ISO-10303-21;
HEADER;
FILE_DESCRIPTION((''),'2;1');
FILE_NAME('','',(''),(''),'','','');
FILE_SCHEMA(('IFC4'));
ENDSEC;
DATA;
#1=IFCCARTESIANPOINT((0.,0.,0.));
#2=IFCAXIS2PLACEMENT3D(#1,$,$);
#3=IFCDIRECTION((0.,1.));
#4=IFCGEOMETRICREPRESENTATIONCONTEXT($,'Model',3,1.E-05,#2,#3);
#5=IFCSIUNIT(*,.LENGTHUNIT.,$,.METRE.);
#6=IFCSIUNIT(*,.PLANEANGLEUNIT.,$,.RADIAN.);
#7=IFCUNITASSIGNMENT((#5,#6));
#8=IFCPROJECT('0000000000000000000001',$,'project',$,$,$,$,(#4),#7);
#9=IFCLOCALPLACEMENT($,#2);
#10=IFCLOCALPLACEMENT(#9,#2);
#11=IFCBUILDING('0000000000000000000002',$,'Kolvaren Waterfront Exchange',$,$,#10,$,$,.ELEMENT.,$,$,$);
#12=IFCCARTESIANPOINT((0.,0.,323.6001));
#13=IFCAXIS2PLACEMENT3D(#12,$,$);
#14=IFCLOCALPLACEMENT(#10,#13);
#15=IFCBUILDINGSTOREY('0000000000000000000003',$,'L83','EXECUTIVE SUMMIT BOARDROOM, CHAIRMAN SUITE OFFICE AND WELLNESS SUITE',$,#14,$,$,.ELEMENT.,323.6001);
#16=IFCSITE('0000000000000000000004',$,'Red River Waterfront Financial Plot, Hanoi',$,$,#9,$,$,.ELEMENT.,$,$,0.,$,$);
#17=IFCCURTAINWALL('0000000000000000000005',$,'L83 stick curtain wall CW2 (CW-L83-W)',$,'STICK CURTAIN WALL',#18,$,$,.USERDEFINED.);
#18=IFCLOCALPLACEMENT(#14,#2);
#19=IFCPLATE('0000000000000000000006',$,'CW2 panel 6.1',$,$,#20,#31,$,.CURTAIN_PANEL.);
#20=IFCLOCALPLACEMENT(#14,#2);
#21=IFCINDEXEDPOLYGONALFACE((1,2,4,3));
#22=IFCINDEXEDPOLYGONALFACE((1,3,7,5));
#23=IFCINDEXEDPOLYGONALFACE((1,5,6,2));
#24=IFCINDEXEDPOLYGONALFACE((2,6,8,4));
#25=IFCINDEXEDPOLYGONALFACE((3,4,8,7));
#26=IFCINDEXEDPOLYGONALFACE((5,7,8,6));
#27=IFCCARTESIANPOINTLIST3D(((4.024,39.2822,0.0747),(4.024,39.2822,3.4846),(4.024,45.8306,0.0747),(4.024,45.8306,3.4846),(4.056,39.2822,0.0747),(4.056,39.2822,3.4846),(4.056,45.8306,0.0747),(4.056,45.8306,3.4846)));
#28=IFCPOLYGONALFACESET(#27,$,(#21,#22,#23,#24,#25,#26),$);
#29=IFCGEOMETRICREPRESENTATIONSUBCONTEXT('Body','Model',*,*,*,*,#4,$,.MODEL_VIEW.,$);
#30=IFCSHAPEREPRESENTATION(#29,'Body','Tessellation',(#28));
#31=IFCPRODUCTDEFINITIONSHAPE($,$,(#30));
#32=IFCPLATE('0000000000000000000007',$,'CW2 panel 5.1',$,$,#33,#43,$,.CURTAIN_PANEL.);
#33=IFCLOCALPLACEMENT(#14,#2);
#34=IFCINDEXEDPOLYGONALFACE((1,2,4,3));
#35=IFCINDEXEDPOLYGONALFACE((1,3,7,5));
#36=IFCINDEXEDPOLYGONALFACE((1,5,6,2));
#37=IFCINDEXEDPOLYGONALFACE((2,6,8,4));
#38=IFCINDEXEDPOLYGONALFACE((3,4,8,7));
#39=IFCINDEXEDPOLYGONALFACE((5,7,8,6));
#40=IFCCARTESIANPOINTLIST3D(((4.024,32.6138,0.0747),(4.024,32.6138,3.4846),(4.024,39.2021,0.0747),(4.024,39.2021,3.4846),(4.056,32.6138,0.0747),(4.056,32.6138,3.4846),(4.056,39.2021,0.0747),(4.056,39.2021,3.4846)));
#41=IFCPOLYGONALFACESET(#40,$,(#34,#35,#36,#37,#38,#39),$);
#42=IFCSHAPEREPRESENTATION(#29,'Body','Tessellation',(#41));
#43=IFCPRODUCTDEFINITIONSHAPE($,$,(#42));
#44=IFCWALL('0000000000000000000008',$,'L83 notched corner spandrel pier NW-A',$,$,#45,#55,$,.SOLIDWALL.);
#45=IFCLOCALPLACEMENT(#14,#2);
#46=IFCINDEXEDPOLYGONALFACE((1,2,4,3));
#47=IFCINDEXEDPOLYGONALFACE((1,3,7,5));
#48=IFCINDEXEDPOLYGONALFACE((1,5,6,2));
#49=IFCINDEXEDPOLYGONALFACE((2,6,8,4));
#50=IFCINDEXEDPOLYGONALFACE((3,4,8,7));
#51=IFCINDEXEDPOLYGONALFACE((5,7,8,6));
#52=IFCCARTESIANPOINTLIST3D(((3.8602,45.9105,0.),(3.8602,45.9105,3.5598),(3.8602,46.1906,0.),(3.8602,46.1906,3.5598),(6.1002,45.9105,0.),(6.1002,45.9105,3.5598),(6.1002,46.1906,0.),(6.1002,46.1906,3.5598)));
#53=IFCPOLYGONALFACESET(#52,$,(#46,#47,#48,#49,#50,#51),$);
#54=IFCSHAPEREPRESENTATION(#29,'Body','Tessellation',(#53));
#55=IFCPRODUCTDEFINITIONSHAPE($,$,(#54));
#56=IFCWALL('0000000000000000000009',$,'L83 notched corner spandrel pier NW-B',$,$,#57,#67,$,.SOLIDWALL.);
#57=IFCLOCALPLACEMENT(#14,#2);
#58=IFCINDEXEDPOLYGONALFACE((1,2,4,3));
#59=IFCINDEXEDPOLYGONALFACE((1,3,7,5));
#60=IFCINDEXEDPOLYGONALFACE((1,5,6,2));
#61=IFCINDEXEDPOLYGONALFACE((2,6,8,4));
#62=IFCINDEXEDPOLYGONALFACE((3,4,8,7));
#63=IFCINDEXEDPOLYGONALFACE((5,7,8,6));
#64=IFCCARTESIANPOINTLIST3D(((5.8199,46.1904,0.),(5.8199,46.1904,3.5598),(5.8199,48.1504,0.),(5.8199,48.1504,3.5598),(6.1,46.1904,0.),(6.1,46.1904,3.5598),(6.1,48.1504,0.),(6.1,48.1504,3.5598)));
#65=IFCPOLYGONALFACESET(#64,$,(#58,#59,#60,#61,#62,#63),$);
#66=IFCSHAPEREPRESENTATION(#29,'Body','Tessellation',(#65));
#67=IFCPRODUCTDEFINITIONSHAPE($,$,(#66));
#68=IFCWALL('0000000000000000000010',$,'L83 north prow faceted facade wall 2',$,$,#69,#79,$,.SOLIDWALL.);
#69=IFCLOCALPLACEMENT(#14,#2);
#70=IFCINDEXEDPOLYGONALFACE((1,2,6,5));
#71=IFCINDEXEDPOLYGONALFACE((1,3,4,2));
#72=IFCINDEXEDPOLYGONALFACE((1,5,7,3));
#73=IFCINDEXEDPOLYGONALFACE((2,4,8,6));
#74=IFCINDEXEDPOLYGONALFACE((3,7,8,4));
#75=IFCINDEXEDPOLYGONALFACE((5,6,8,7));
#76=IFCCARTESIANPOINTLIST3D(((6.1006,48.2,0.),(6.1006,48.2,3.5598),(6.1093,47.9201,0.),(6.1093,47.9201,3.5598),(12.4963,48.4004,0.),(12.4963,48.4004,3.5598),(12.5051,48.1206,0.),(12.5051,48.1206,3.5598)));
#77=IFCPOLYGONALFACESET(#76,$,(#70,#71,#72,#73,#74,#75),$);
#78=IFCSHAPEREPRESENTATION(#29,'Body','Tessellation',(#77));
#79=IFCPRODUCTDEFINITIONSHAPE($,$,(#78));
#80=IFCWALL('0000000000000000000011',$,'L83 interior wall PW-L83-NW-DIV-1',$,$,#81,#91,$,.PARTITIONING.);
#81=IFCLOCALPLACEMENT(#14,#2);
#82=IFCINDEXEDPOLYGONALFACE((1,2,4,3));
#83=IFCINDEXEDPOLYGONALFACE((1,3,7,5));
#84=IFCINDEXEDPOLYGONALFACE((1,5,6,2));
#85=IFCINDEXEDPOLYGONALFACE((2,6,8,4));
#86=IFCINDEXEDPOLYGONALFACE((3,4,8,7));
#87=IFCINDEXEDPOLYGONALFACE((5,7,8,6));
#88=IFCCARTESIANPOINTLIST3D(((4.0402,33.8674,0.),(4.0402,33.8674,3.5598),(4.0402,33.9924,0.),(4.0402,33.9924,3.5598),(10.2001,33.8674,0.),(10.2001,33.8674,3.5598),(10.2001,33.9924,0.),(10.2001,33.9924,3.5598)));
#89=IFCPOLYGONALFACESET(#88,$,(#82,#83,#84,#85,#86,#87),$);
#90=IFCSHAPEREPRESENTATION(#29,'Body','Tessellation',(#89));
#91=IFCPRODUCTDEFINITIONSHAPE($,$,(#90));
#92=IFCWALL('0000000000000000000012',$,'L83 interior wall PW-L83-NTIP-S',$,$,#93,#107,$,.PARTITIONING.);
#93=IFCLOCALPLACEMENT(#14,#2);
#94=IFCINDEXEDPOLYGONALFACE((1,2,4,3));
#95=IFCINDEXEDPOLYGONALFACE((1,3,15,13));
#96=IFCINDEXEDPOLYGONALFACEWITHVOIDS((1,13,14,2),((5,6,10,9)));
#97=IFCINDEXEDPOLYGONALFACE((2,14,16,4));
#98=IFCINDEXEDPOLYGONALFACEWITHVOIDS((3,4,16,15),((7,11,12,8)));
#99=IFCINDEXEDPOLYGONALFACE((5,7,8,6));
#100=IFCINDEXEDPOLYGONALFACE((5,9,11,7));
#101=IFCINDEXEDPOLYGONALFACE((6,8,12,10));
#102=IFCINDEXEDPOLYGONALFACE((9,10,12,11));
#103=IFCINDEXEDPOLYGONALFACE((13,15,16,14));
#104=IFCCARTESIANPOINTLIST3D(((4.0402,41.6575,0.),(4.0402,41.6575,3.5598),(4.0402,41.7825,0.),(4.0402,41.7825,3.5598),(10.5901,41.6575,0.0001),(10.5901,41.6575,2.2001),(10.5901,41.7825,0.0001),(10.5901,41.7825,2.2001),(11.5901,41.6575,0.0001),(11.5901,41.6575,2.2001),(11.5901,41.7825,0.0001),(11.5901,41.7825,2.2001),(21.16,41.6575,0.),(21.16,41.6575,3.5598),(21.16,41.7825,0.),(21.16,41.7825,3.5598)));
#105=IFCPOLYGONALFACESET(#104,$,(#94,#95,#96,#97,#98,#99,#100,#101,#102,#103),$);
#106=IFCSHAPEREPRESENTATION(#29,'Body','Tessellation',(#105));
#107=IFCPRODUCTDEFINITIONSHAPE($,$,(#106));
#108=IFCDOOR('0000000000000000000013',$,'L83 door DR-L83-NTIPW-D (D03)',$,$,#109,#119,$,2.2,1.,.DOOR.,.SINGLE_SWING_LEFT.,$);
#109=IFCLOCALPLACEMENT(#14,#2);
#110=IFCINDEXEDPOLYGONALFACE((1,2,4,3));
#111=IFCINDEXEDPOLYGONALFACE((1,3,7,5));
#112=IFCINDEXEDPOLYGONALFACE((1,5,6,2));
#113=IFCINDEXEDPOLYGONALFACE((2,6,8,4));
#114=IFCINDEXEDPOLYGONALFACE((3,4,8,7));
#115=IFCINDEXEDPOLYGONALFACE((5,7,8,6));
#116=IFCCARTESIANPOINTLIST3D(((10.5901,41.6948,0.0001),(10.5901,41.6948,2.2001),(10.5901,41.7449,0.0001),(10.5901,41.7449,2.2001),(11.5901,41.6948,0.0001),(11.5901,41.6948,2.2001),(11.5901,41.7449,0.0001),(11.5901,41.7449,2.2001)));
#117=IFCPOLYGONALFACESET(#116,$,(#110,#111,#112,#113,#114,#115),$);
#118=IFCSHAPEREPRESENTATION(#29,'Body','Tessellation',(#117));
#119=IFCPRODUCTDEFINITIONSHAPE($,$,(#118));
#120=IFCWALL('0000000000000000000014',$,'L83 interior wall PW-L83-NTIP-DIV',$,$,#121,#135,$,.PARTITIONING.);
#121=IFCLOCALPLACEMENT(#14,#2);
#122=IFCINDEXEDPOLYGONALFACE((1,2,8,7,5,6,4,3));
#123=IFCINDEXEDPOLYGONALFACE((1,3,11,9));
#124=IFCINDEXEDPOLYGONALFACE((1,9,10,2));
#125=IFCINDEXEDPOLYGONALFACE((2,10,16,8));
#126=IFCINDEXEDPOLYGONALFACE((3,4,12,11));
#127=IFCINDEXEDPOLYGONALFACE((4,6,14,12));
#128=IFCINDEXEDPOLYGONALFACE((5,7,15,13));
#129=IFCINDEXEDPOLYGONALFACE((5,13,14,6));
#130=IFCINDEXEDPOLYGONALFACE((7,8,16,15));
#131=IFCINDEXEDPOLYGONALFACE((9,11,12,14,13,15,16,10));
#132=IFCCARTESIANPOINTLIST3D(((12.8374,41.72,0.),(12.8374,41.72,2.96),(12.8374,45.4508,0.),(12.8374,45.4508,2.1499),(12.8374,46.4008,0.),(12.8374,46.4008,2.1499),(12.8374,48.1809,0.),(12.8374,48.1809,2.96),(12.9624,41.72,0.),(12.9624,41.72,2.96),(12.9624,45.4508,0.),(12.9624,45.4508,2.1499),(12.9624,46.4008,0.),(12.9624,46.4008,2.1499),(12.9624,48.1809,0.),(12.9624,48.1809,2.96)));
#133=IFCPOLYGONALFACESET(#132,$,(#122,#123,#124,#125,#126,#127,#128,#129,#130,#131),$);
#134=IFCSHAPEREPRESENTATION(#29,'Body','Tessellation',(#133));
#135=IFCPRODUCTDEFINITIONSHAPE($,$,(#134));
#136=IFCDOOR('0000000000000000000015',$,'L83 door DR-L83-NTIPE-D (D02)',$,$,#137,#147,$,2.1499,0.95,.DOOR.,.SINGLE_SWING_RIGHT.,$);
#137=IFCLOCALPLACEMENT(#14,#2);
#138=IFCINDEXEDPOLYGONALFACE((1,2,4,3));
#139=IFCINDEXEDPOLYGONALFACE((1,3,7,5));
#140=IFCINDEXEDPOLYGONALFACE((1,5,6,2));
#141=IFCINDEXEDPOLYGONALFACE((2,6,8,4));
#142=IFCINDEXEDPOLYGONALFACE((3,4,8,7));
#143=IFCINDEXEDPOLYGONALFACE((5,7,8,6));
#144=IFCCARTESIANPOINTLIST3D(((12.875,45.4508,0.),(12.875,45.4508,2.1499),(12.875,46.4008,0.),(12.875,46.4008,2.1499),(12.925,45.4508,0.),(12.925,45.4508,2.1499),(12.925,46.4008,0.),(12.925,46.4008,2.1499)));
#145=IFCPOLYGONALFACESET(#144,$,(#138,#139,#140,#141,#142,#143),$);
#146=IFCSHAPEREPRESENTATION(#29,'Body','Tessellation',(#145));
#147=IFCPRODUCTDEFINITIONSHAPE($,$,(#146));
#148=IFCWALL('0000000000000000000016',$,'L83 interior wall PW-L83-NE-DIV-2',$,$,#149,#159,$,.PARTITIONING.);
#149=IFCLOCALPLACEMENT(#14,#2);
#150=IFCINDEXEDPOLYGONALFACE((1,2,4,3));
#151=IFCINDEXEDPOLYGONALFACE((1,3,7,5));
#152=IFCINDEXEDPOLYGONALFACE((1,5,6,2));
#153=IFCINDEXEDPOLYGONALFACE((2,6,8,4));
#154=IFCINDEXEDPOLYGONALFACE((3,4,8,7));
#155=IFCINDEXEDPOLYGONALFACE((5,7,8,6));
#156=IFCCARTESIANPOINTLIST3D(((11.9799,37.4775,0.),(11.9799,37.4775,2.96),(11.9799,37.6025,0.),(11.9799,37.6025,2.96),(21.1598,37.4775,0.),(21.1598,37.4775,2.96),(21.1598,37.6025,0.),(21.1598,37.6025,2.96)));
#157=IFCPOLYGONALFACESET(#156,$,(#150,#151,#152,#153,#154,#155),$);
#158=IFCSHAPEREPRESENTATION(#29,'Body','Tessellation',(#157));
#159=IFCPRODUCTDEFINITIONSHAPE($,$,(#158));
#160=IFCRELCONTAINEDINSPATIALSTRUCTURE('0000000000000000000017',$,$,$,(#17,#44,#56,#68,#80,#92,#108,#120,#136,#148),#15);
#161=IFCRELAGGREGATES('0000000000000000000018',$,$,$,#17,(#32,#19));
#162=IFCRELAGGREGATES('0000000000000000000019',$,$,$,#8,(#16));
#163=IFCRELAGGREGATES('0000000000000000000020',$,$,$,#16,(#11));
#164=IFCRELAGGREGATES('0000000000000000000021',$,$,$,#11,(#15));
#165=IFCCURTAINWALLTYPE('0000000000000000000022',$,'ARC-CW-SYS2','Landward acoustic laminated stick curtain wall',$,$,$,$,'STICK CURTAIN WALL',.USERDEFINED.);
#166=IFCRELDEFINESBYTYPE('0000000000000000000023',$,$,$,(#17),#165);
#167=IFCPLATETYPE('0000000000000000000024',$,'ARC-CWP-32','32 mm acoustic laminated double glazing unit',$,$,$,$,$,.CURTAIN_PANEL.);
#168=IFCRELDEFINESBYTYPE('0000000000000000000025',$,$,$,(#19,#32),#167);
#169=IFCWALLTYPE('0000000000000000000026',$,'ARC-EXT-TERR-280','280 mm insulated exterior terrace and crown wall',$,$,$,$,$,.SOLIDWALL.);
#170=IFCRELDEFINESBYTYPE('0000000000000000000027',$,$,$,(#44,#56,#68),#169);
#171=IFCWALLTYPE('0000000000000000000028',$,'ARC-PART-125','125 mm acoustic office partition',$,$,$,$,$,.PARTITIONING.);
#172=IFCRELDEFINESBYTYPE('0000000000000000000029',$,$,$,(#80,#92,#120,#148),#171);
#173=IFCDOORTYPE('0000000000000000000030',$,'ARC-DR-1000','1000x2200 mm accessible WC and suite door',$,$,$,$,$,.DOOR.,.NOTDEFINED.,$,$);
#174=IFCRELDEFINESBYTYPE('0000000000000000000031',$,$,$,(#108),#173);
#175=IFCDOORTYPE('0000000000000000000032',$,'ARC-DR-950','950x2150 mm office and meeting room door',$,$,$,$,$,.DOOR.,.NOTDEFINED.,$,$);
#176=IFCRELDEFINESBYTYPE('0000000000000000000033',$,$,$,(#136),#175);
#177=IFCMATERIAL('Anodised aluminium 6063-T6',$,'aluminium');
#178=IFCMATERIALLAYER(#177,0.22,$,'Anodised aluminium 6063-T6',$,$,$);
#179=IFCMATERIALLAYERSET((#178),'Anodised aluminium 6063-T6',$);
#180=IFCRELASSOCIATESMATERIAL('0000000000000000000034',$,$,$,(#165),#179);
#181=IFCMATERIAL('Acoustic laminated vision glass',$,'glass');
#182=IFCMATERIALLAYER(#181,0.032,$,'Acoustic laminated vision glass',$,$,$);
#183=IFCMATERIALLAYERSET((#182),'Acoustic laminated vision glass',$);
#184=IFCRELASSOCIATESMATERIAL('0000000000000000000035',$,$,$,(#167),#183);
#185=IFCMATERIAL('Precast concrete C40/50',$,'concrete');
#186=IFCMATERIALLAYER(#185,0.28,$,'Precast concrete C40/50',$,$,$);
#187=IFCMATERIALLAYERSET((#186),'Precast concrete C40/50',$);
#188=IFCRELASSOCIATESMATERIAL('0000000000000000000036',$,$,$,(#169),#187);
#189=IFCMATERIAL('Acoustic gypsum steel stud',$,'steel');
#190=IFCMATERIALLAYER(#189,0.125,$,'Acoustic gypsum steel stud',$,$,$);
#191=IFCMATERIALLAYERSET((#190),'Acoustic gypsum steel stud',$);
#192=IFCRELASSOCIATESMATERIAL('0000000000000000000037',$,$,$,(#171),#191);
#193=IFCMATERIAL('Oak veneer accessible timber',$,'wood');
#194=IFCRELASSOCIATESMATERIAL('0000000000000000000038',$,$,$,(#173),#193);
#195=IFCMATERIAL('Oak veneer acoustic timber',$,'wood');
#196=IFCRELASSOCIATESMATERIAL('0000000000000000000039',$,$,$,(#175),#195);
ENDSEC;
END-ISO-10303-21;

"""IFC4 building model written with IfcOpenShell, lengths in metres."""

from ifc_helpers import new_model, si_unit, direction, frame, frame_2d, origin, origin_with_axes, origin_2d, place, context, subcontext, project, spatial, rectangle, extrude, source, transform, mapped, material, layer, layer_set, type_object, element, fill, aggregate, save


model = new_model("IFC4")

# Units and contexts
model_context = context("Model", 3, precision=1e-05, world=origin(), true_north=direction((0.0, 1.0)))
body_context = subcontext(model_context, "Body", "Model", "MODEL_VIEW")
ifc_project = project(units=[si_unit("LENGTHUNIT", "METRE"), si_unit("PLANEANGLEUNIT", "RADIAN")], contexts=[model_context])

# Site, building, storey
site_placement = place(None, origin())
site = spatial("IfcSite", under=ifc_project, at=site_placement, Name="Red River Waterfront Financial Plot, Hanoi", CompositionType="ELEMENT", RefElevation=0.0)
building_placement = place(site_placement, origin())
building = spatial("IfcBuilding", under=site, at=building_placement, Name="Kolvaren Waterfront Exchange", CompositionType="ELEMENT")
storey_placement = place(building_placement, frame((0.0, 0.0, 323.6001)))
storey = spatial("IfcBuildingStorey", under=building, at=storey_placement, Name="L83", Description="EXECUTIVE SUMMIT BOARDROOM, CHAIRMAN SUITE OFFICE AND WELLNESS SUITE", CompositionType="ELEMENT", Elevation=323.6001)

# Curtain wall, plates
ifc_material_1 = material(Name="Anodised aluminium 6063-T6", Category="aluminium")
ifc_layer_1 = layer(ifc_material_1, 0.22, Name="Anodised aluminium 6063-T6")
ifc_layer_set_1 = layer_set([ifc_layer_1], Name="Anodised aluminium 6063-T6")
curtain_wall_type = type_object("IfcCurtainWallType", Name="ARC-CW-SYS2", Description="Landward acoustic laminated stick curtain wall", ElementType="STICK CURTAIN WALL", PredefinedType="USERDEFINED", material=ifc_layer_set_1)
curtain_wall_placement = place(storey_placement, origin())
curtain_wall = element("IfcCurtainWall", 1, at=curtain_wall_placement, inside=storey, type_object=curtain_wall_type, Name="L83 stick curtain wall CW2 (CW-L83-W)", ObjectType="STICK CURTAIN WALL", PredefinedType="USERDEFINED")
ifc_material_2 = material(Name="Acoustic laminated vision glass", Category="glass")
ifc_layer_2 = layer(ifc_material_2, 0.032, Name="Acoustic laminated vision glass")
ifc_layer_set_2 = layer_set([ifc_layer_2], Name="Acoustic laminated vision glass")
plate_type = type_object("IfcPlateType", Name="ARC-CWP-32", Description="32 mm acoustic laminated double glazing unit", PredefinedType="CURTAIN_PANEL", material=ifc_layer_set_2)
shared_shape_1 = source(origin_with_axes(), body_context, "Body", "SweptSolid", [
    extrude(rectangle(XDim=6.5483, YDim=0.032, at=origin_2d()), origin(), (0.0, 0.0, 1.0), 3.4099),
])
plate_1_placement = place(storey_placement, frame((4.04, 42.5564, 0.0747), z_axis=(0.0, 0.0, 1.0), x_axis=(0.0, 1.0, 0.0)))
plate_1 = element("IfcPlate", 2, at=plate_1_placement, type_object=plate_type, Name="CW2 panel 6.1", PredefinedType="CURTAIN_PANEL", context=body_context, shape_type="MappedRepresentation", body=[
    mapped(shared_shape_1, transform((0.0, 0.0, 0.0), x_axis=(1.0, 0.0, 0.0), y_axis=(0.0, 1.0, 0.0), z_axis=(0.0, 0.0, 1.0), scale=1.0)),
])
shared_shape_2 = source(origin_with_axes(), body_context, "Body", "SweptSolid", [
    extrude(rectangle(XDim=6.5884, YDim=0.032, at=origin_2d()), origin(), (0.0, 0.0, 1.0), 3.4099),
])
plate_2_placement = place(storey_placement, frame((4.04, 35.908, 0.0747), z_axis=(0.0, 0.0, 1.0), x_axis=(0.0, 1.0, 0.0)))
plate_2 = element("IfcPlate", 3, at=plate_2_placement, type_object=plate_type, Name="CW2 panel 5.1", PredefinedType="CURTAIN_PANEL", context=body_context, shape_type="MappedRepresentation", body=[
    mapped(shared_shape_2, transform((0.0, 0.0, 0.0), x_axis=(1.0, 0.0, 0.0), y_axis=(0.0, 1.0, 0.0), z_axis=(0.0, 0.0, 1.0), scale=1.0)),
])
aggregate(curtain_wall, [plate_2, plate_1])

# Walls
ifc_material_3 = material(Name="Precast concrete C40/50", Category="concrete")
ifc_layer_3 = layer(ifc_material_3, 0.28, Name="Precast concrete C40/50")
ifc_layer_set_3 = layer_set([ifc_layer_3], Name="Precast concrete C40/50")
wall_type_1 = type_object("IfcWallType", Name="ARC-EXT-TERR-280", Description="280 mm insulated exterior terrace and crown wall", PredefinedType="SOLIDWALL", material=ifc_layer_set_3)
wall_1_placement = place(storey_placement, frame((3.8601, 46.0505, 0.0), z_axis=(0.0, 0.0, 1.0), x_axis=(1.0, 0.0, 0.0)))
element("IfcWall", 4, at=wall_1_placement, inside=storey, type_object=wall_type_1, Name="L83 notched corner spandrel pier NW-A", PredefinedType="SOLIDWALL", context=body_context, shape_type="SweptSolid", body=[
    extrude(rectangle(XDim=2.24, YDim=0.28, at=frame_2d((1.1201, 0.0))), origin(), (0.0, 0.0, 1.0), 3.5598),
])
wall_2_placement = place(storey_placement, frame((5.96, 46.1904, 0.0), z_axis=(0.0, 0.0, 1.0), x_axis=(0.0, 1.0, 0.0)))
element("IfcWall", 5, at=wall_2_placement, inside=storey, type_object=wall_type_1, Name="L83 notched corner spandrel pier NW-B", PredefinedType="SOLIDWALL", context=body_context, shape_type="SweptSolid", body=[
    extrude(rectangle(XDim=1.96, YDim=0.28, at=frame_2d((0.98, 0.0))), origin(), (0.0, 0.0, 1.0), 3.5598),
])
wall_3_placement = place(storey_placement, frame((12.5007, 48.2605, 0.0), z_axis=(0.0, 0.0, 1.0), x_axis=(-0.999509, -0.031324, 0.0)))
element("IfcWall", 6, at=wall_3_placement, inside=storey, type_object=wall_type_1, Name="L83 north prow faceted facade wall 2", PredefinedType="SOLIDWALL", context=body_context, shape_type="SweptSolid", body=[
    extrude(rectangle(XDim=6.3989, YDim=0.28, at=frame_2d((3.1995, 0.0))), origin(), (0.0, 0.0, 1.0), 3.5598),
])
ifc_material_4 = material(Name="Acoustic gypsum steel stud", Category="steel")
ifc_layer_4 = layer(ifc_material_4, 0.125, Name="Acoustic gypsum steel stud")
ifc_layer_set_4 = layer_set([ifc_layer_4], Name="Acoustic gypsum steel stud")
wall_type_2 = type_object("IfcWallType", Name="ARC-PART-125", Description="125 mm acoustic office partition", PredefinedType="PARTITIONING", material=ifc_layer_set_4)
wall_4_placement = place(storey_placement, frame((4.04, 33.9299, 0.0), z_axis=(0.0, 0.0, 1.0), x_axis=(1.0, 0.0, 0.0)))
element("IfcWall", 7, at=wall_4_placement, inside=storey, type_object=wall_type_2, Name="L83 interior wall PW-L83-NW-DIV-1", PredefinedType="PARTITIONING", context=body_context, shape_type="SweptSolid", body=[
    extrude(rectangle(XDim=6.1599, YDim=0.125, at=frame_2d((3.0801, 0.0))), origin(), (0.0, 0.0, 1.0), 3.5598),
])

# Walls, openings, doors
wall_5_placement = place(storey_placement, frame((4.04, 41.72, 0.0), z_axis=(0.0, 0.0, 1.0), x_axis=(1.0, 0.0, 0.0)))
wall_5 = element("IfcWall", 8, at=wall_5_placement, inside=storey, type_object=wall_type_2, Name="L83 interior wall PW-L83-NTIP-S", PredefinedType="PARTITIONING", context=body_context, shape_type="SweptSolid", body=[
    extrude(rectangle(XDim=17.1199, YDim=0.125, at=frame_2d((8.5601, 0.0))), origin(), (0.0, 0.0, 1.0), 3.5598),
])
opening_1_placement = place(wall_5_placement, frame((6.55, 0.0, 0.0)))
opening_1 = element("IfcOpeningElement", 9, at=opening_1_placement, cuts=wall_5, PredefinedType="OPENING", context=body_context, shape_type="SweptSolid", body=[
    extrude(rectangle(XDim=1.0, YDim=2.2, at=frame_2d((0.5, 1.1001))), frame((0.0, 0.0725, 0.0), z_axis=(0.0, -1.0, 0.0), x_axis=(1.0, 0.0, 0.0)), (0.0, 0.0, 1.0), 0.145),
])
ifc_material_5 = material(Name="Oak veneer accessible timber", Category="wood")
door_type_1 = type_object("IfcDoorType", Name="ARC-DR-1000", Description="1000x2200 mm accessible WC and suite door", OperationType="NOTDEFINED", PredefinedType="DOOR", material=ifc_material_5)
door_1_placement = place(opening_1_placement, origin())
door_1 = element("IfcDoor", 10, at=door_1_placement, inside=storey, type_object=door_type_1, Name="L83 door DR-L83-NTIPW-D (D03)", OperationType="SINGLE_SWING_LEFT", OverallHeight=2.2, OverallWidth=1.0, PredefinedType="DOOR", context=body_context, shape_type="SweptSolid", body=[
    extrude(rectangle(XDim=1.0, YDim=2.2, at=frame_2d((0.5, 1.1001))), frame((0.0, 0.0249, 0.0), z_axis=(0.0, -1.0, 0.0), x_axis=(1.0, 0.0, 0.0)), (0.0, 0.0, 1.0), 0.05),
])
fill(opening_1, door_1)
wall_6_placement = place(storey_placement, frame((12.8999, 41.72, 0.0), z_axis=(0.0, 0.0, 1.0), x_axis=(0.0, 1.0, 0.0)))
wall_6 = element("IfcWall", 11, at=wall_6_placement, inside=storey, type_object=wall_type_2, Name="L83 interior wall PW-L83-NTIP-DIV", PredefinedType="PARTITIONING", context=body_context, shape_type="SweptSolid", body=[
    extrude(rectangle(XDim=6.4609, YDim=0.125, at=frame_2d((3.2305, 0.0))), origin(), (0.0, 0.0, 1.0), 2.96),
])
opening_2_placement = place(wall_6_placement, frame((3.7307, 0.0, 0.0)))
opening_2 = element("IfcOpeningElement", 12, at=opening_2_placement, cuts=wall_6, PredefinedType="OPENING", context=body_context, shape_type="SweptSolid", body=[
    extrude(rectangle(XDim=0.95, YDim=2.1499, at=frame_2d((0.4751, 1.075))), frame((0.0, 0.0725, 0.0), z_axis=(0.0, -1.0, 0.0), x_axis=(1.0, 0.0, 0.0)), (0.0, 0.0, 1.0), 0.145),
])
ifc_material_6 = material(Name="Oak veneer acoustic timber", Category="wood")
door_type_2 = type_object("IfcDoorType", Name="ARC-DR-950", Description="950x2150 mm office and meeting room door", OperationType="NOTDEFINED", PredefinedType="DOOR", material=ifc_material_6)
door_2_placement = place(opening_2_placement, origin())
door_2 = element("IfcDoor", 13, at=door_2_placement, inside=storey, type_object=door_type_2, Name="L83 door DR-L83-NTIPE-D (D02)", OperationType="SINGLE_SWING_RIGHT", OverallHeight=2.1499, OverallWidth=0.95, PredefinedType="DOOR", context=body_context, shape_type="SweptSolid", body=[
    extrude(rectangle(XDim=0.95, YDim=2.1499, at=frame_2d((0.4751, 1.075))), frame((0.0, 0.0249, 0.0), z_axis=(0.0, -1.0, 0.0), x_axis=(1.0, 0.0, 0.0)), (0.0, 0.0, 1.0), 0.05),
])
fill(opening_2, door_2)

# Wall
wall_7_placement = place(storey_placement, frame((11.98, 37.54, 0.0), z_axis=(0.0, 0.0, 1.0), x_axis=(1.0, 0.0, 0.0)))
element("IfcWall", 14, at=wall_7_placement, inside=storey, type_object=wall_type_2, Name="L83 interior wall PW-L83-NE-DIV-2", PredefinedType="PARTITIONING", context=body_context, shape_type="SweptSolid", body=[
    extrude(rectangle(XDim=9.1799, YDim=0.125, at=frame_2d((4.5898, 0.0))), origin(), (0.0, 0.0, 1.0), 2.96),
])

save(model, "model.ifc")
